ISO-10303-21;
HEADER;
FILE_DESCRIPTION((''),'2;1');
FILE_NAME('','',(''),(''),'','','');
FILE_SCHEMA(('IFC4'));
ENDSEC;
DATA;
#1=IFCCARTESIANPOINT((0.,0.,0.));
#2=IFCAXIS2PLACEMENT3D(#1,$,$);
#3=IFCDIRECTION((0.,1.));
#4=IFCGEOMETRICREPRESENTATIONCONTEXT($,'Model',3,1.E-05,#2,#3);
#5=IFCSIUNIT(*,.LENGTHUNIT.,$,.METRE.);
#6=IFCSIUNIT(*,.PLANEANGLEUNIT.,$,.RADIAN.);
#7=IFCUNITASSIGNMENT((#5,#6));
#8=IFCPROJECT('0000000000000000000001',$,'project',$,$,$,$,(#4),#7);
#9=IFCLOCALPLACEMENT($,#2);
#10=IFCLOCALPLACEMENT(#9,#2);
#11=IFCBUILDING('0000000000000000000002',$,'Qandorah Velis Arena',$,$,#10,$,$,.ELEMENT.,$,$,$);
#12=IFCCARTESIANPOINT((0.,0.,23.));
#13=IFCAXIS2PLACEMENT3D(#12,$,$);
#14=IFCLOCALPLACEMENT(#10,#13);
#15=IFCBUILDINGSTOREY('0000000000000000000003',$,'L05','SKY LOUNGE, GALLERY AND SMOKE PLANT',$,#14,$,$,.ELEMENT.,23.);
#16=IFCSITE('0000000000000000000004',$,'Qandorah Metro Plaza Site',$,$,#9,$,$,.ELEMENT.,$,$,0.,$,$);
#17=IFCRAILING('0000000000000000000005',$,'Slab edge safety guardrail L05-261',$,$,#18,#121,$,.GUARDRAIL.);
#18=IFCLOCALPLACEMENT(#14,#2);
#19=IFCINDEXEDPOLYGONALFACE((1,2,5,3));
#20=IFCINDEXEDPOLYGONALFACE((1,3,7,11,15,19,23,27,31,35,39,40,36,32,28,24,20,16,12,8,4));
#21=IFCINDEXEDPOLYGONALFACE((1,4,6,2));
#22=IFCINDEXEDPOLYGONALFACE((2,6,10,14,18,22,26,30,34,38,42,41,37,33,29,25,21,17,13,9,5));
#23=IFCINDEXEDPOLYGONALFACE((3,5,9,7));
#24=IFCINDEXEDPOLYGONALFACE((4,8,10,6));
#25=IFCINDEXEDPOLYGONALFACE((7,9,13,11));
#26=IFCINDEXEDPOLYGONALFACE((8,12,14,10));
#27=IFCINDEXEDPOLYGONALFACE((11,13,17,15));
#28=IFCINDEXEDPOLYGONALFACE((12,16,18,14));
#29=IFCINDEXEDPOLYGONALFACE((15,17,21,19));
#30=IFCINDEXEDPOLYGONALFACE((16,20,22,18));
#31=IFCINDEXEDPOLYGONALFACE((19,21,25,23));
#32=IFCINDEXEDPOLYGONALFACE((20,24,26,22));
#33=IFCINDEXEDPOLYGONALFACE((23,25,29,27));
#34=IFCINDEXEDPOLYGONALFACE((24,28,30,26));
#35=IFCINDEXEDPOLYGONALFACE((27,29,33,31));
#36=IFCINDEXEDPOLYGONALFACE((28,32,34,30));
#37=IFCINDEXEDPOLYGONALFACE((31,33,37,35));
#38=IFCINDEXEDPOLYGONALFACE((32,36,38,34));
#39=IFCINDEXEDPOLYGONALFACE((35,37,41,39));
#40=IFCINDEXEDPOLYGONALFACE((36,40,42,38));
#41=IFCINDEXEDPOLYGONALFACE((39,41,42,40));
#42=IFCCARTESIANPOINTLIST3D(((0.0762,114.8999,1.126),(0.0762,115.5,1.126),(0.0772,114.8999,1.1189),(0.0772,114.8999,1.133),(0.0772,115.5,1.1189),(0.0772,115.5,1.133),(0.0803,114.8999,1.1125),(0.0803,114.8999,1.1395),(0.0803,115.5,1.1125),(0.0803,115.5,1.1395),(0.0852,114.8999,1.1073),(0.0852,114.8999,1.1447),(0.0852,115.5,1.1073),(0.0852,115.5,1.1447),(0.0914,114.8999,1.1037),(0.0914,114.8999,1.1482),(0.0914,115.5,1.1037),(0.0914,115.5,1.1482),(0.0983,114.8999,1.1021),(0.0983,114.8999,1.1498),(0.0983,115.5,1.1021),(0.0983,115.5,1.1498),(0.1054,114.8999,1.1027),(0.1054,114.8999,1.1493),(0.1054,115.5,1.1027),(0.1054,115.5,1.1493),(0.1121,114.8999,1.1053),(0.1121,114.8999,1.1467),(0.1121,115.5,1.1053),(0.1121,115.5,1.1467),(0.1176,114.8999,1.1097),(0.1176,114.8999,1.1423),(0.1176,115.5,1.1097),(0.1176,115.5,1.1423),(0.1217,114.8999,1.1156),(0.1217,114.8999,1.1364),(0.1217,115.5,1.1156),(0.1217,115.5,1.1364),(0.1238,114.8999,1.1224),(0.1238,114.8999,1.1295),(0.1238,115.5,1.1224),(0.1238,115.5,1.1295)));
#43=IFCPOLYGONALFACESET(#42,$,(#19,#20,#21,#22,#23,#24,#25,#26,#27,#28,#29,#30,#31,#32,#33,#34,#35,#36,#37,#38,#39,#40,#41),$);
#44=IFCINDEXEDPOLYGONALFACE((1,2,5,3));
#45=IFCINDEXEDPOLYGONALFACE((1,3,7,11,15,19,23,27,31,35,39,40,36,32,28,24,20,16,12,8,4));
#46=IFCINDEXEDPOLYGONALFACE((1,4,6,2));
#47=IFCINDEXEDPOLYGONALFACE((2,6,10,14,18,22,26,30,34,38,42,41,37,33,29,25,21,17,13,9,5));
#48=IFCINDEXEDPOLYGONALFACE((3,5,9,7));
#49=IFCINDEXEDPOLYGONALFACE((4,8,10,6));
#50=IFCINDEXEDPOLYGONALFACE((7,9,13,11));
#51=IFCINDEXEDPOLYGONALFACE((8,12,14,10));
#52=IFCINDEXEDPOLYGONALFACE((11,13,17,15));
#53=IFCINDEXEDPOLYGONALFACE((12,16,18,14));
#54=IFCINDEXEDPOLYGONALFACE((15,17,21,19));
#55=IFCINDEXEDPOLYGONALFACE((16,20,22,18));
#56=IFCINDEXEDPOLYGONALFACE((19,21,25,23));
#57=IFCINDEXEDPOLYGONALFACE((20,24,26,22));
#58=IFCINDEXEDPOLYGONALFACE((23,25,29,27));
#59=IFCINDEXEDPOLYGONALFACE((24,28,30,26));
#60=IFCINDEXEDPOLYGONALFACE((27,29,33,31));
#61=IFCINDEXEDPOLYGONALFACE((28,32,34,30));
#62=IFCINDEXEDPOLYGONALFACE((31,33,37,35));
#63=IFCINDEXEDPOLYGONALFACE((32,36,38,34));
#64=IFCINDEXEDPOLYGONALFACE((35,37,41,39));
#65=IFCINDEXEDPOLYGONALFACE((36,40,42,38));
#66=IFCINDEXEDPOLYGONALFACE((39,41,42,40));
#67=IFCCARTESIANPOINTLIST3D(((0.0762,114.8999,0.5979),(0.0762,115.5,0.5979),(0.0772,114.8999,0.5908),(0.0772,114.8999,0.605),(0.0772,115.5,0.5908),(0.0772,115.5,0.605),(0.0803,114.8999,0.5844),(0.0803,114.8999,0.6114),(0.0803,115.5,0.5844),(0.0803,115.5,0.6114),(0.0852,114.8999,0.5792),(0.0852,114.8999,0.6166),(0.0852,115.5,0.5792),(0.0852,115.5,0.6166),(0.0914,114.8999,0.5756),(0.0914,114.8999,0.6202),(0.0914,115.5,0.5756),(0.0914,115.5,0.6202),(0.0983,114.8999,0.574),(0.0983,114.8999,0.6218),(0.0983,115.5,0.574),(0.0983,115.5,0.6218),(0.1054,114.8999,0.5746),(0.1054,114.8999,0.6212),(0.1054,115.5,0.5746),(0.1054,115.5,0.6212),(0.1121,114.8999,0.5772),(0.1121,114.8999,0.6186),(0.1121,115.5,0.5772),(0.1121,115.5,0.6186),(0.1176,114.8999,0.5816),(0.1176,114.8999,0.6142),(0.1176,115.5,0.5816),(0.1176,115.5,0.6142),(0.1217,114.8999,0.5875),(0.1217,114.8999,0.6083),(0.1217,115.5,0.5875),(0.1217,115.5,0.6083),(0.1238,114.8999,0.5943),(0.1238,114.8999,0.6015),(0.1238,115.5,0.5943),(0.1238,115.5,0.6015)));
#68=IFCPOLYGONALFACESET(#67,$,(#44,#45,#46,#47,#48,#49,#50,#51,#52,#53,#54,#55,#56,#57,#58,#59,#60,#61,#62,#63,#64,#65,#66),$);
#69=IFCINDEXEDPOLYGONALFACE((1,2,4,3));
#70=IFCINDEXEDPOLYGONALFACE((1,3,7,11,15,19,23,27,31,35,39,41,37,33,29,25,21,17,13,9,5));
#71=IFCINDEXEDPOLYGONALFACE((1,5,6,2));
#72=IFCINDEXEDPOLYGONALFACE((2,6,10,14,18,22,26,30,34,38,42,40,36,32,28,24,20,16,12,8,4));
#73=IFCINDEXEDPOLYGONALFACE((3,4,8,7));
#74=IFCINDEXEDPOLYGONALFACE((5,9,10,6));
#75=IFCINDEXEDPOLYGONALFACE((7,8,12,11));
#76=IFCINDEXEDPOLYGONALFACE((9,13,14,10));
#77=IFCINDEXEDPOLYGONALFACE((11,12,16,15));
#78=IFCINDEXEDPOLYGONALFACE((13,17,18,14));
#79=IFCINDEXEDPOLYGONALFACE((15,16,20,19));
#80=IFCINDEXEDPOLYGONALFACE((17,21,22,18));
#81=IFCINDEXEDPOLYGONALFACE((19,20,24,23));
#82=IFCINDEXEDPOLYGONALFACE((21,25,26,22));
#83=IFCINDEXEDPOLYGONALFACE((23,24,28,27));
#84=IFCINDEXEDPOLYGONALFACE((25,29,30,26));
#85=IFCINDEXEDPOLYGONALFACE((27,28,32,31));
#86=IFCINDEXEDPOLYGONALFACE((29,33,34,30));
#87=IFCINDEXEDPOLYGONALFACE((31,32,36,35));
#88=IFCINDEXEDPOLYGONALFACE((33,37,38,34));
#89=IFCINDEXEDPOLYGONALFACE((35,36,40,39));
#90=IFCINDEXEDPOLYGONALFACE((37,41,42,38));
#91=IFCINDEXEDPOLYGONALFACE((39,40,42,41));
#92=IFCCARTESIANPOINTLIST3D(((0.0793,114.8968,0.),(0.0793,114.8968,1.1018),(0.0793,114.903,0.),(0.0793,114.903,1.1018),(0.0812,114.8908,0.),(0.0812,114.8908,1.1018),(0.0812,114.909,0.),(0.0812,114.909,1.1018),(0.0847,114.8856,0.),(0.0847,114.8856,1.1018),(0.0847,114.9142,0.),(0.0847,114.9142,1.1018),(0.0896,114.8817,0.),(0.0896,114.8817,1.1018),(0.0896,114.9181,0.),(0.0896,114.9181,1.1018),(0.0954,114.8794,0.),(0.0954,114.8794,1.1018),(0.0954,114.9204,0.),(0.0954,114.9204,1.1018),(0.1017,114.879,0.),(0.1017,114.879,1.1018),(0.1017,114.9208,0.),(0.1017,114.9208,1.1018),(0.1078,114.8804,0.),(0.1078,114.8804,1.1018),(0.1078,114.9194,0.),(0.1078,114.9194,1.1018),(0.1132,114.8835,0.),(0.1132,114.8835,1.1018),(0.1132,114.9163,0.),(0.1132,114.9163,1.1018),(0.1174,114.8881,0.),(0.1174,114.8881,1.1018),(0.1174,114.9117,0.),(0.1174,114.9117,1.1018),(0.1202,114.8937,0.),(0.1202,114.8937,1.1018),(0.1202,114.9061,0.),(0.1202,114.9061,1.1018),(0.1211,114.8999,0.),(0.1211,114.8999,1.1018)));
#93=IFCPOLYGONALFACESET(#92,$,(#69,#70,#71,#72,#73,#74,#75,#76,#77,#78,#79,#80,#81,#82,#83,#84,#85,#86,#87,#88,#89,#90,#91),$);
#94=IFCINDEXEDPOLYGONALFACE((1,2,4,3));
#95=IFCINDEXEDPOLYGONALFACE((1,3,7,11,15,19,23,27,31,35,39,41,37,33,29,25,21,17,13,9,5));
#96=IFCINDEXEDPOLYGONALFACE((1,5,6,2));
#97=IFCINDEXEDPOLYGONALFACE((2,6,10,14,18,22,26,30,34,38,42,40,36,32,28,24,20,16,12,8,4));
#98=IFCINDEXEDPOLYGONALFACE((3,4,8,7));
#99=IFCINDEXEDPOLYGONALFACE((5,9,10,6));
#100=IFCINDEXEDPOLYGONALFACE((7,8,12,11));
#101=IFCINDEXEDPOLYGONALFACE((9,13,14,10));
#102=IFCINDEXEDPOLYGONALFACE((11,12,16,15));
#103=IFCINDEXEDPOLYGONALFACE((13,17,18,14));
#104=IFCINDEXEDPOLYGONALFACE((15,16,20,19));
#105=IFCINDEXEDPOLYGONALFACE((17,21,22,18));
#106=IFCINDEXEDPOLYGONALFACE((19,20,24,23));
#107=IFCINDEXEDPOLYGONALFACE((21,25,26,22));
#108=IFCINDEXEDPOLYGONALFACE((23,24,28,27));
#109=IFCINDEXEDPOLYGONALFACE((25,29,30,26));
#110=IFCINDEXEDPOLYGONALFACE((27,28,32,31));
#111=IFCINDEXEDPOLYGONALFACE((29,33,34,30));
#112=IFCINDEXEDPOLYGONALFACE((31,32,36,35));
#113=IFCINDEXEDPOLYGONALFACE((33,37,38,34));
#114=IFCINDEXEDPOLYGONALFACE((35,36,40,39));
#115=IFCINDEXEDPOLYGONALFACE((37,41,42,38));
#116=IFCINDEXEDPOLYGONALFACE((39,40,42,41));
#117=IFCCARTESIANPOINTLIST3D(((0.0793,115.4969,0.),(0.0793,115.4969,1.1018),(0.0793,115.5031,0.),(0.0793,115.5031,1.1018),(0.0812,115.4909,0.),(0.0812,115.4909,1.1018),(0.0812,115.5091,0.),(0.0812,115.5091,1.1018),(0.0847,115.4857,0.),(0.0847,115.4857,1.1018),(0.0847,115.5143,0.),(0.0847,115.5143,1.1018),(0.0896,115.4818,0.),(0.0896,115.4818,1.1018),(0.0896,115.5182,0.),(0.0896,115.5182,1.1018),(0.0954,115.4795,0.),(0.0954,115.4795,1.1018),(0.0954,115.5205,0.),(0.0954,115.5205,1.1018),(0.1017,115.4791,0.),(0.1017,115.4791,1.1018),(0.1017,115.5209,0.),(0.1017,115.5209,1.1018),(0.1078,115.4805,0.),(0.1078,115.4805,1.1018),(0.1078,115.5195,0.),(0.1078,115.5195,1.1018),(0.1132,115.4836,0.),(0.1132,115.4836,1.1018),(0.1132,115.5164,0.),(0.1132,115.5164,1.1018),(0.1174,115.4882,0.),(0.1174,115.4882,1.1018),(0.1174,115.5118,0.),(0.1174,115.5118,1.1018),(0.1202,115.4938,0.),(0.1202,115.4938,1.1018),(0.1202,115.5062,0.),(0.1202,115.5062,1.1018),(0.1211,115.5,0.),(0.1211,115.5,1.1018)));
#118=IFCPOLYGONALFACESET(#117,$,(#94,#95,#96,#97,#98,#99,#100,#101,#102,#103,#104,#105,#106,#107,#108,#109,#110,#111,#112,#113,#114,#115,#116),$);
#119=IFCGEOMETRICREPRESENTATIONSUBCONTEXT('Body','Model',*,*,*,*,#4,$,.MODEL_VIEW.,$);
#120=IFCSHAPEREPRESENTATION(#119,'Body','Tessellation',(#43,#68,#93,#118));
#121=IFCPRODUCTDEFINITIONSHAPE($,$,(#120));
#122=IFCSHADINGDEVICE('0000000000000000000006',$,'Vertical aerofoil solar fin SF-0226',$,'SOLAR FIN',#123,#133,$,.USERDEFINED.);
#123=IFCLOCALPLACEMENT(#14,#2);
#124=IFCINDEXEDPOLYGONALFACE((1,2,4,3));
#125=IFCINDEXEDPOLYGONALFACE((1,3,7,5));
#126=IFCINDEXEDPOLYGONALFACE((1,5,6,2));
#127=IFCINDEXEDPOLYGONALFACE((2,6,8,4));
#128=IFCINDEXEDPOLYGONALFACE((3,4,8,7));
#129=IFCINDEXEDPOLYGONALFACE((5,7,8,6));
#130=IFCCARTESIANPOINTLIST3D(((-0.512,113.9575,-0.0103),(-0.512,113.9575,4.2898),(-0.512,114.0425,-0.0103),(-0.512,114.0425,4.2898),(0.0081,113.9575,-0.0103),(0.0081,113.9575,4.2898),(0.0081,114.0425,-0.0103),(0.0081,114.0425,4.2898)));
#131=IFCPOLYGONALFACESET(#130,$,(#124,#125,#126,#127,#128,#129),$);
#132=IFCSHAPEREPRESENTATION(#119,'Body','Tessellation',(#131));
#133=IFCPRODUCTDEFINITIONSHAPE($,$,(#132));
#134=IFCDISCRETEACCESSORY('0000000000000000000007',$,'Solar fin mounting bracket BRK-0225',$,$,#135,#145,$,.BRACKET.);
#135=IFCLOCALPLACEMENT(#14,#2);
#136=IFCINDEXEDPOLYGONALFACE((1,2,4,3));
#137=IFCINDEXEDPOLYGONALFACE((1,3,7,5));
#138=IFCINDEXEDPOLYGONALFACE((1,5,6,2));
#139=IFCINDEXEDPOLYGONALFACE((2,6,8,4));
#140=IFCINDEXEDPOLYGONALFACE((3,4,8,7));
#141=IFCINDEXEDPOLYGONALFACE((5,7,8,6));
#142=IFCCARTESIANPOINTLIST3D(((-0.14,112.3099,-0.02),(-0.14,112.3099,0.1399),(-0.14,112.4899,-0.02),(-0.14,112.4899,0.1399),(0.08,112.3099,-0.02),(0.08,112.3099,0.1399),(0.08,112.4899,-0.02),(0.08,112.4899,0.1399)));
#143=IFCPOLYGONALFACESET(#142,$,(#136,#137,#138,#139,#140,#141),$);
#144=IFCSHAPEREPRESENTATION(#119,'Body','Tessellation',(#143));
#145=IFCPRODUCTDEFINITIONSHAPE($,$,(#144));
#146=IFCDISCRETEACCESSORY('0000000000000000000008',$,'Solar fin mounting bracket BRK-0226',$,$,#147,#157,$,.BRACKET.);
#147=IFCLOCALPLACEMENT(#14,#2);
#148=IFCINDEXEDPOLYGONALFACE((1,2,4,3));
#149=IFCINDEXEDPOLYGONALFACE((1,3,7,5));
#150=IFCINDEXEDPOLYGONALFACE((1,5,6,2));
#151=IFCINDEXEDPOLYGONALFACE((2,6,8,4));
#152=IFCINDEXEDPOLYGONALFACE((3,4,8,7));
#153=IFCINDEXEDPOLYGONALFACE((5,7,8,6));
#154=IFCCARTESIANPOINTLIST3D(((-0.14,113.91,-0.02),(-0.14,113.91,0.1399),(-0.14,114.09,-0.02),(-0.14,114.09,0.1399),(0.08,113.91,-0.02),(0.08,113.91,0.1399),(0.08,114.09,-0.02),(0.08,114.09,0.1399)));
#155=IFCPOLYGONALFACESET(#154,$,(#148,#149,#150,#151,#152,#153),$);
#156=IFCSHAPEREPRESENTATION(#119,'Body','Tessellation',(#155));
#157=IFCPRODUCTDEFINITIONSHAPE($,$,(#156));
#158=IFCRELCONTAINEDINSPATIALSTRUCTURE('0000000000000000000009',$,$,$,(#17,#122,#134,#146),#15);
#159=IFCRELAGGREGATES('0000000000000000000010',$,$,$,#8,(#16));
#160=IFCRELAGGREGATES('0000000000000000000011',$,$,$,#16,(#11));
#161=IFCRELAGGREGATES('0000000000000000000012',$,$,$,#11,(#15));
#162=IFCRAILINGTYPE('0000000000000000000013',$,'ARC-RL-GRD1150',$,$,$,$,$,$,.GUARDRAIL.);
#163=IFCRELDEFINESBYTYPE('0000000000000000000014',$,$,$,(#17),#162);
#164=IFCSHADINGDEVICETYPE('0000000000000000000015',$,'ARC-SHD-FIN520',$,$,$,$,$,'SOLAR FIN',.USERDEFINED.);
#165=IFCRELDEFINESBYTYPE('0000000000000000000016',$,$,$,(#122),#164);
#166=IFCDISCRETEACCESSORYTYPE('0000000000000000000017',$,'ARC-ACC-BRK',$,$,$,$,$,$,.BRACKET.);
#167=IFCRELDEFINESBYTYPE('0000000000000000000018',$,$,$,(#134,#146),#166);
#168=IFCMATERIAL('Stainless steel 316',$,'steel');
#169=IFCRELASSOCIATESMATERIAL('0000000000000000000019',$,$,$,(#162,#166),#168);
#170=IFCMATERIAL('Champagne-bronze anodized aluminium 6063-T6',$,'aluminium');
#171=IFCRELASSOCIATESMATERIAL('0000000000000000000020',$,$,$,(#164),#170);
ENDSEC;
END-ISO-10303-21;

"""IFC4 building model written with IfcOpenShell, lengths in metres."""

from ifc_helpers import new_model, si_unit, direction, frame, origin, origin_2d, place, context, subcontext, project, spatial, rectangle, circle, extrude, material, type_object, element, save


model = new_model("IFC4")

# Units and contexts
model_context = context("Model", 3, precision=1e-05, world=origin(), true_north=direction((0.0, 1.0)))
body_context = subcontext(model_context, "Body", "Model", "MODEL_VIEW")
ifc_project = project(units=[si_unit("LENGTHUNIT", "METRE"), si_unit("PLANEANGLEUNIT", "RADIAN")], contexts=[model_context])

# Site, building, storey
site_placement = place(None, origin())
site = spatial("IfcSite", under=ifc_project, at=site_placement, Name="Qandorah Metro Plaza Site", CompositionType="ELEMENT", RefElevation=0.0)
building_placement = place(site_placement, origin())
building = spatial("IfcBuilding", under=site, at=building_placement, Name="Qandorah Velis Arena", CompositionType="ELEMENT")
storey_placement = place(building_placement, frame((0.0, 0.0, 23.0)))
storey = spatial("IfcBuildingStorey", under=building, at=storey_placement, Name="L05", Description="SKY LOUNGE, GALLERY AND SMOKE PLANT", CompositionType="ELEMENT", Elevation=23.0)

# Shared definitions
ifc_material_1 = material(Name="Champagne-bronze anodized aluminium 6063-T6", Category="aluminium")

# Railing
ifc_material_2 = material(Name="Stainless steel 316", Category="steel")
railing_type = type_object("IfcRailingType", Name="ARC-RL-GRD1150", PredefinedType="GUARDRAIL", material=ifc_material_2)
railing_placement = place(storey_placement, frame((0.1001, 114.8999, 0.0)))
element("IfcRailing", 1, at=railing_placement, inside=storey, type_object=railing_type, Name="Slab edge safety guardrail L05-261", PredefinedType="GUARDRAIL", context=body_context, shape_type="SweptSolid", body=[
    extrude(circle(Radius=0.0239, at=origin_2d()), frame((0.0, 0.0, 1.126), z_axis=(0.0, 1.0, 0.0), x_axis=(-1.0, 0.0, 0.0)), (0.0, 0.0, 1.0), 0.6001),
    extrude(circle(Radius=0.0239, at=origin_2d()), frame((0.0, 0.0, 0.5979), z_axis=(0.0, 1.0, 0.0), x_axis=(-1.0, 0.0, 0.0)), (0.0, 0.0, 1.0), 0.6001),
    extrude(circle(Radius=0.021, at=origin_2d()), origin(), (0.0, 0.0, 1.0), 1.1018),
    extrude(circle(Radius=0.021, at=origin_2d()), frame((0.0, 0.6001, 0.0)), (0.0, 0.0, 1.0), 1.1018),
])

# Shading device
shading_device_type = type_object("IfcShadingDeviceType", Name="ARC-SHD-FIN520", ElementType="SOLAR FIN", PredefinedType="USERDEFINED", material=ifc_material_1)
shading_device_placement = place(storey_placement, frame((-0.252, 114.0, -0.0103), z_axis=(0.0, 0.0, 1.0), x_axis=(1.0, 0.0, 0.0)))
element("IfcShadingDevice", 2, at=shading_device_placement, inside=storey, type_object=shading_device_type, Name="Vertical aerofoil solar fin SF-0226", ObjectType="SOLAR FIN", PredefinedType="USERDEFINED", context=body_context, shape_type="SweptSolid", body=[
    extrude(rectangle(XDim=0.52, YDim=0.085, at=origin_2d()), origin(), (0.0, 0.0, 1.0), 4.3),
])

# Discrete accessories
discrete_accessory_type = type_object("IfcDiscreteAccessoryType", Name="ARC-ACC-BRK", PredefinedType="BRACKET", material=ifc_material_2)
for number, where, z_axis, x_axis, name in (
    (3, (-0.03, 112.3999, -0.02), (0.0, 0.0, 1.0), (1.0, 0.0, 0.0), "Solar fin mounting bracket BRK-0225"),
    (4, (-0.03, 114.0, -0.02), (0.0, 0.0, 1.0), (1.0, 0.0, 0.0), "Solar fin mounting bracket BRK-0226"),
):
    element("IfcDiscreteAccessory", number, at=place(storey_placement, frame(where, z_axis=z_axis, x_axis=x_axis)), inside=storey, type_object=discrete_accessory_type, Name=name, PredefinedType="BRACKET", context=body_context, shape_type="SweptSolid", body=[
        extrude(rectangle(XDim=0.22, YDim=0.1799, at=origin_2d()), origin(), (0.0, 0.0, 1.0), 0.1599),
    ])

save(model, "model.ifc")
